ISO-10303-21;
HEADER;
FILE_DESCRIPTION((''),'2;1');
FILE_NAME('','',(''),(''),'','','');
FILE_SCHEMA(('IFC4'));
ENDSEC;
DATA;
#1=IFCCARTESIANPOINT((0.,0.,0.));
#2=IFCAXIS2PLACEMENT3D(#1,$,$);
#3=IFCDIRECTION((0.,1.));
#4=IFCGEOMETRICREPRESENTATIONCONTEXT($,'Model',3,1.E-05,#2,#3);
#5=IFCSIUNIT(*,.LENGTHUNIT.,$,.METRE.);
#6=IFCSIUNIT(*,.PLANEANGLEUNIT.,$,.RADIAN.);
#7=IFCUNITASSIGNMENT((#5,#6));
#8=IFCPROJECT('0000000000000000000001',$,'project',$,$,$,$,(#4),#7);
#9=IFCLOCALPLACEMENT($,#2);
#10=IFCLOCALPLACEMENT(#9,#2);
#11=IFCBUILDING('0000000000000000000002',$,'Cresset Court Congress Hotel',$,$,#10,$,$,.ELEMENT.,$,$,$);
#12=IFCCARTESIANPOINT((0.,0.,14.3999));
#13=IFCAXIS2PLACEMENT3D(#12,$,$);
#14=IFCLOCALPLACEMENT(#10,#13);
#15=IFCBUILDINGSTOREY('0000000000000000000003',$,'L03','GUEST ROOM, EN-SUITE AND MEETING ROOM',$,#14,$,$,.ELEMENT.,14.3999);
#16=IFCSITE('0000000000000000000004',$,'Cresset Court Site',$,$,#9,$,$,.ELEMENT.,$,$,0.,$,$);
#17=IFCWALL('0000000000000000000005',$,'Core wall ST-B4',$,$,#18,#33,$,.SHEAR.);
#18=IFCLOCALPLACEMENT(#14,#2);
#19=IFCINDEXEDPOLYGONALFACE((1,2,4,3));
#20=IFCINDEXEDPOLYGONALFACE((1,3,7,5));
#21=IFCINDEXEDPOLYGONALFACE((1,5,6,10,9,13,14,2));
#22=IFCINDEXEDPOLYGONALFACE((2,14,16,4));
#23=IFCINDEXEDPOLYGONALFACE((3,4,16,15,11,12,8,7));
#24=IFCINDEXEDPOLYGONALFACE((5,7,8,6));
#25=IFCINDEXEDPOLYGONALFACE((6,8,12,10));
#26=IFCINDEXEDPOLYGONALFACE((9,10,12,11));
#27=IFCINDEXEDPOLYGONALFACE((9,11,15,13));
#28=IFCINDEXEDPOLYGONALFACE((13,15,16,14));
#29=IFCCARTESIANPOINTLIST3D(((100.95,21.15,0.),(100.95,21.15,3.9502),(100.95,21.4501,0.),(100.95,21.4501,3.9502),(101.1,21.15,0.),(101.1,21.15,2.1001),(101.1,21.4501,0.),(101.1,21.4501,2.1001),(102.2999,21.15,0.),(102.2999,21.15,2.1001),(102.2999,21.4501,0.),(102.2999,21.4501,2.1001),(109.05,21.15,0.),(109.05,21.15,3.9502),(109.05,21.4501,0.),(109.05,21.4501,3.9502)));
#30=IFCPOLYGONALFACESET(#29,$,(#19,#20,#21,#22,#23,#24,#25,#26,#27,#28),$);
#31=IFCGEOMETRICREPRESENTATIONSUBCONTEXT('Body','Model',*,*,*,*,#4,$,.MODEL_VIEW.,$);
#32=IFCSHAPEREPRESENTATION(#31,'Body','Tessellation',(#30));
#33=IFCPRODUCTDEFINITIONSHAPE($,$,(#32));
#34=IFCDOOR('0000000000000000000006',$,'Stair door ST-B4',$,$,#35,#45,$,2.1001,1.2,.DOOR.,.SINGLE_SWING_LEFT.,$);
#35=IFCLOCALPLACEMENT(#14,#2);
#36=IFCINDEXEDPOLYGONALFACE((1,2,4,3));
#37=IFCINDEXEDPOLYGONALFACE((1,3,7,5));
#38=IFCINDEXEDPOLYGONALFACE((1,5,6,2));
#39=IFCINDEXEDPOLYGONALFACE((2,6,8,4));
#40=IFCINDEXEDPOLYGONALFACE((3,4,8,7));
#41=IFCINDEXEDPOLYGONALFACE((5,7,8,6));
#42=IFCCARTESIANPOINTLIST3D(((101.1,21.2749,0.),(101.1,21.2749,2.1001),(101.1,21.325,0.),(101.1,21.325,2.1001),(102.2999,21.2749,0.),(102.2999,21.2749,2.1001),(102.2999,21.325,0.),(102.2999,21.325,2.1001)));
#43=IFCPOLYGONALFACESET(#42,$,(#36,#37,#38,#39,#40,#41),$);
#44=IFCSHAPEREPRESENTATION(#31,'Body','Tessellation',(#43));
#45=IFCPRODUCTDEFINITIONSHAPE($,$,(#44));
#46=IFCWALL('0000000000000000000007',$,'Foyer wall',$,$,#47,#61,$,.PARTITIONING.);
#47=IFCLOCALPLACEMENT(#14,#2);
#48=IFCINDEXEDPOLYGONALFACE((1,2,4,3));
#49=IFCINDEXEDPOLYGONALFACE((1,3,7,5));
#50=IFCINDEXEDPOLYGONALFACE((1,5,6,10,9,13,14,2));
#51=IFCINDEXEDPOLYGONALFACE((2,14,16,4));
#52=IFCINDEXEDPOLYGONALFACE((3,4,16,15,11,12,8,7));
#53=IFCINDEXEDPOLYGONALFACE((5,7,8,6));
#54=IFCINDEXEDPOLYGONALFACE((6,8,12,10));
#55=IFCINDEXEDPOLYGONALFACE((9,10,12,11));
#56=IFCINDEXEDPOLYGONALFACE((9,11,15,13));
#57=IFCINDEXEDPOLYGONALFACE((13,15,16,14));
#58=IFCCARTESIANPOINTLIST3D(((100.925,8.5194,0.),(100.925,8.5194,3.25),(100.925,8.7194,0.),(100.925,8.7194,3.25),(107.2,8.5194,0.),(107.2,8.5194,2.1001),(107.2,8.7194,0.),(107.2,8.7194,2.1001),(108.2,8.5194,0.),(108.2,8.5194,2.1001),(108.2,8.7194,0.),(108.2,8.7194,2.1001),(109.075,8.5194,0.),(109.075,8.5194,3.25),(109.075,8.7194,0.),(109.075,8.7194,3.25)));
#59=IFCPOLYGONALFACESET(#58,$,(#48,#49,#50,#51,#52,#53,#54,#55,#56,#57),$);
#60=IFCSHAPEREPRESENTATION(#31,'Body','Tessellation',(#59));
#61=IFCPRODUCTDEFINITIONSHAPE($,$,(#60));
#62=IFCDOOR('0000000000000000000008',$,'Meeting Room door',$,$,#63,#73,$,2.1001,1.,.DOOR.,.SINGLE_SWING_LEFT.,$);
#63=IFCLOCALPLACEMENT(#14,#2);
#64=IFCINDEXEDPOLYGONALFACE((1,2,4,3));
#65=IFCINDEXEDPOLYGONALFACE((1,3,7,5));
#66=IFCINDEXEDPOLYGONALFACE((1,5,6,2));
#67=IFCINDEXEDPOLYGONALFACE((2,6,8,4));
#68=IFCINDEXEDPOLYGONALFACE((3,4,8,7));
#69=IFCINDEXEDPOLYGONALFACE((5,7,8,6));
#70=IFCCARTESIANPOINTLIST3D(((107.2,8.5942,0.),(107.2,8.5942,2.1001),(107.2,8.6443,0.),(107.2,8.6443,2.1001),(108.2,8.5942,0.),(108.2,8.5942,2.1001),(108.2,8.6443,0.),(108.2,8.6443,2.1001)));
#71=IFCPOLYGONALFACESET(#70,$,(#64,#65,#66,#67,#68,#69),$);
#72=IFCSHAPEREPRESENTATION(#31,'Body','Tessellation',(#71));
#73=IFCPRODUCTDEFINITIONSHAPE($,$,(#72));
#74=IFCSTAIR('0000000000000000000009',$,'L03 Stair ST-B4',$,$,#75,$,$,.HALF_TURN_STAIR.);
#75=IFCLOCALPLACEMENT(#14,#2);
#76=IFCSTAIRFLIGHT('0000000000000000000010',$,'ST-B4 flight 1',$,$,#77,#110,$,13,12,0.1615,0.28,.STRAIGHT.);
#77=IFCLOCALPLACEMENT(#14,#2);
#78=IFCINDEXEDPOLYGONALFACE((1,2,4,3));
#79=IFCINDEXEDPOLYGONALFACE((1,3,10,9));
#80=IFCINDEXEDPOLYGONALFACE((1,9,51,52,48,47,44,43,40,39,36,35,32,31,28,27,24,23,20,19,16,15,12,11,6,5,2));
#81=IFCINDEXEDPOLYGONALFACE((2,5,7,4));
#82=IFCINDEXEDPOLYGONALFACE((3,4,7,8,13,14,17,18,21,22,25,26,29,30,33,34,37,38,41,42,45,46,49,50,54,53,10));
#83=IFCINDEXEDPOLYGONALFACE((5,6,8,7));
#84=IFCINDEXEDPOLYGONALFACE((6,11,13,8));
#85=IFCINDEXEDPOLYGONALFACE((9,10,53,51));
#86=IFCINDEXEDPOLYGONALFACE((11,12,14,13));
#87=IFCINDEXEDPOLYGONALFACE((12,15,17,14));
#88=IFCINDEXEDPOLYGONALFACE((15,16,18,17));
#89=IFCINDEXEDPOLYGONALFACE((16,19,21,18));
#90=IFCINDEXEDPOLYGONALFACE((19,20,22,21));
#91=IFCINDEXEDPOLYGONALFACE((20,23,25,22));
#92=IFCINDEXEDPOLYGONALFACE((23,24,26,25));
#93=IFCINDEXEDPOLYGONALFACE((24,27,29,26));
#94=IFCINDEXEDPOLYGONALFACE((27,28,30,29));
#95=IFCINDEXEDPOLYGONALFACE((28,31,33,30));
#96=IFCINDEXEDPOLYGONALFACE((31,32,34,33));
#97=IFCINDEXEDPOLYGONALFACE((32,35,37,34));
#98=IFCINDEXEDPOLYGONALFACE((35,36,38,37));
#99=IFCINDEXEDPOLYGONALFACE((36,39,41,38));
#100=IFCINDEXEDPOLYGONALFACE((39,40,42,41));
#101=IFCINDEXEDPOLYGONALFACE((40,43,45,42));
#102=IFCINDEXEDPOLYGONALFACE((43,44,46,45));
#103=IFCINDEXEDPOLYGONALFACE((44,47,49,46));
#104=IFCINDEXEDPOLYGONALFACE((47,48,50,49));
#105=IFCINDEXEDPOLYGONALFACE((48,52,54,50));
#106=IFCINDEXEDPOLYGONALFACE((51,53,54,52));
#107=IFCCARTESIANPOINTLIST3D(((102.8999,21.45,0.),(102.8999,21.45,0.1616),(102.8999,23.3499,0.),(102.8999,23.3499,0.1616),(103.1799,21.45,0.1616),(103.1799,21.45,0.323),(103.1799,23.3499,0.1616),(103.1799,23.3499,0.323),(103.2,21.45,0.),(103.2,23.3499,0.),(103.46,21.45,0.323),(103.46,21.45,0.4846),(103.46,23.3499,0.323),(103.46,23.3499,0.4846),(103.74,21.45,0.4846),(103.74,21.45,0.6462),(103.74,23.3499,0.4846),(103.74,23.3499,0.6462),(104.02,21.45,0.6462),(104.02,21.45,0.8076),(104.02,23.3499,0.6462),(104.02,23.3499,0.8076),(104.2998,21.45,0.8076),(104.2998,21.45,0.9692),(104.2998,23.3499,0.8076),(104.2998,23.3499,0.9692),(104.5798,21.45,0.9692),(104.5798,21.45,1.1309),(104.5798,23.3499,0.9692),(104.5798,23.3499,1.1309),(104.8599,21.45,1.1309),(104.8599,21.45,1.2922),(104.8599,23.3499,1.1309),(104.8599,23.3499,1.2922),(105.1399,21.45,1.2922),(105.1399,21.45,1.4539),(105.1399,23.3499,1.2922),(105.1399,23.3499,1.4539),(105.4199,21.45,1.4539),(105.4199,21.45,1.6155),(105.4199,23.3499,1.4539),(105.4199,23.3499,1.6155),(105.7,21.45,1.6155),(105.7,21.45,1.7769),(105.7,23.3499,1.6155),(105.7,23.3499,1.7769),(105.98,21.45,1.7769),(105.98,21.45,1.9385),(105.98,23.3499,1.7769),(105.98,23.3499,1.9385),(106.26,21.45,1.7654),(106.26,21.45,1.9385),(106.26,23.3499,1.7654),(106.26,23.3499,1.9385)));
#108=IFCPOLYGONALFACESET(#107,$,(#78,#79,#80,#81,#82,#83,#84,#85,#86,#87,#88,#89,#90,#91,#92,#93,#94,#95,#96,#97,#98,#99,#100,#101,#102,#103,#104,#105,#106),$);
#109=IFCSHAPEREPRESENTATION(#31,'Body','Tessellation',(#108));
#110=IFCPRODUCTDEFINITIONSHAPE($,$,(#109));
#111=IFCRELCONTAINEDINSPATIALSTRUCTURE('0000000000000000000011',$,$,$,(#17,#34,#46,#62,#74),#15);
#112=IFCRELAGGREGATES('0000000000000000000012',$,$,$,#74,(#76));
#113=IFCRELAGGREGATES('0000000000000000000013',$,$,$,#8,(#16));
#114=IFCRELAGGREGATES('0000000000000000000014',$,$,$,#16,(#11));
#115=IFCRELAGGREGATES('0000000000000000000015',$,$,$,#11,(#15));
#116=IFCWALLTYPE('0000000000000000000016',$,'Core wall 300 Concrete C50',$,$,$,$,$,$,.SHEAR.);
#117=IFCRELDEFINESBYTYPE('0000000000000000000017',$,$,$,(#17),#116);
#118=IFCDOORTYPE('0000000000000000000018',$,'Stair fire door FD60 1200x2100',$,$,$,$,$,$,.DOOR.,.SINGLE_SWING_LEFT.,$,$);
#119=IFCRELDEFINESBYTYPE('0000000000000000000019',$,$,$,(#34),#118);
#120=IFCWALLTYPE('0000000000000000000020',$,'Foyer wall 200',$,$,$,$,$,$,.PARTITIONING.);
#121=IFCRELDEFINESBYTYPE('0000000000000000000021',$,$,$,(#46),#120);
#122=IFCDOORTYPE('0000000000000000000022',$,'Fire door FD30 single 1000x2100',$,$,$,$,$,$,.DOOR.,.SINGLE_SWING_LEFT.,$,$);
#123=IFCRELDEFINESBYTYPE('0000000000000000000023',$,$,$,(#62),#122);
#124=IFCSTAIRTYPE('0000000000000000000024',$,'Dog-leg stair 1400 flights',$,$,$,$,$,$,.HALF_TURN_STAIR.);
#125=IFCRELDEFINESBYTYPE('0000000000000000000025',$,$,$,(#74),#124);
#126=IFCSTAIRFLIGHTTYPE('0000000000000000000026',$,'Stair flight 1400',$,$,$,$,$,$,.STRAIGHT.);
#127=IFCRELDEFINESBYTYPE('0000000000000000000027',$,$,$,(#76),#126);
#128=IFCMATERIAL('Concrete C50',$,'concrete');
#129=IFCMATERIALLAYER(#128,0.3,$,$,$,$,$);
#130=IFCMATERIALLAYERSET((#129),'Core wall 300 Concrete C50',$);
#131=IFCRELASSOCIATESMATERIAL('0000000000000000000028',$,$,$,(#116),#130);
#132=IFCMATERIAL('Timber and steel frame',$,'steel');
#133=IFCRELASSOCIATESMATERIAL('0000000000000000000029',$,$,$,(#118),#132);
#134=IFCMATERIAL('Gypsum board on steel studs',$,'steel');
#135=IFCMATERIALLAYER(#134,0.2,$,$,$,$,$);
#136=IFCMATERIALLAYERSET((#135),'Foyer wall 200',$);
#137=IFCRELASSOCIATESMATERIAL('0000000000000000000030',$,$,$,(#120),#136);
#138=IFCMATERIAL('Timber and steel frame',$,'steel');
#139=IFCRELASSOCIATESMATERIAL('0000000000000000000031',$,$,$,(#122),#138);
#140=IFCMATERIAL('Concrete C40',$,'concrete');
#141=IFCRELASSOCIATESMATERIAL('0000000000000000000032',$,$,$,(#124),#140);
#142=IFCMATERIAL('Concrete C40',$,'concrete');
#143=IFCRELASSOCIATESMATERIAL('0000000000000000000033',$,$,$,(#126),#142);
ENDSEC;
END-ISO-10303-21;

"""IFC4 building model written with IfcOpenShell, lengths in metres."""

from ifc_helpers import new_model, si_unit, direction, frame, frame_2d, origin, place, context, subcontext, project, spatial, polyline, rectangle, outline, extrude, material, layer, layer_set, type_object, element, fill, aggregate, save


model = new_model("IFC4")

# Units and contexts
model_context = context("Model", 3, precision=1e-05, world=origin(), true_north=direction((0.0, 1.0)))
body_context = subcontext(model_context, "Body", "Model", "MODEL_VIEW")
ifc_project = project(units=[si_unit("LENGTHUNIT", "METRE"), si_unit("PLANEANGLEUNIT", "RADIAN")], contexts=[model_context])

# Site, building, storey
site_placement = place(None, origin())
site = spatial("IfcSite", under=ifc_project, at=site_placement, Name="Cresset Court Site", CompositionType="ELEMENT", RefElevation=0.0)
building_placement = place(site_placement, origin())
building = spatial("IfcBuilding", under=site, at=building_placement, Name="Cresset Court Congress Hotel", CompositionType="ELEMENT")
storey_placement = place(building_placement, frame((0.0, 0.0, 14.3999)))
storey = spatial("IfcBuildingStorey", under=building, at=storey_placement, Name="L03", Description="GUEST ROOM, EN-SUITE AND MEETING ROOM", CompositionType="ELEMENT", Elevation=14.3999)

# Shared definitions
ifc_material_1 = material(Name="Concrete C50", Category="concrete")
ifc_layer_1 = layer(ifc_material_1, 0.3)
ifc_layer_set_1 = layer_set([ifc_layer_1], Name="Core wall 300 Concrete C50")
wall_type_1 = type_object("IfcWallType", Name="Core wall 300 Concrete C50", PredefinedType="SHEAR", material=ifc_layer_set_1)

# Walls, openings, doors
wall_1_placement = place(storey_placement, frame((100.95, 21.3, 0.0), z_axis=(0.0, 0.0, 1.0), x_axis=(1.0, 0.0, 0.0)))
wall_1 = element("IfcWall", 1, at=wall_1_placement, inside=storey, type_object=wall_type_1, Name="Core wall ST-B4", PredefinedType="SHEAR", context=body_context, shape_type="SweptSolid", body=[
    extrude(rectangle(XDim=8.1001, YDim=0.3, at=frame_2d((4.05, 0.0))), origin(), (0.0, 0.0, 1.0), 3.9502),
])
opening_1_placement = place(wall_1_placement, frame((0.1499, 0.0, 0.0)))
opening_1 = element("IfcOpeningElement", 2, at=opening_1_placement, cuts=wall_1, PredefinedType="OPENING", context=body_context, shape_type="SweptSolid", body=[
    extrude(rectangle(XDim=1.2, YDim=2.1001, at=frame_2d((0.6001, 1.05))), frame((0.0, 0.1599, 0.0), z_axis=(0.0, -1.0, 0.0), x_axis=(1.0, 0.0, 0.0)), (0.0, 0.0, 1.0), 0.3201),
])
ifc_material_2 = material(Name="Timber and steel frame", Category="steel")
door_type_1 = type_object("IfcDoorType", Name="Stair fire door FD60 1200x2100", OperationType="SINGLE_SWING_LEFT", PredefinedType="DOOR", material=ifc_material_2)
door_1_placement = place(opening_1_placement, origin())
door_1 = element("IfcDoor", 3, at=door_1_placement, inside=storey, type_object=door_type_1, Name="Stair door ST-B4", OperationType="SINGLE_SWING_LEFT", OverallHeight=2.1001, OverallWidth=1.2, PredefinedType="DOOR", context=body_context, shape_type="SweptSolid", body=[
    extrude(rectangle(XDim=1.2, YDim=2.1001, at=frame_2d((0.6001, 1.05))), frame((0.0, 0.0249, 0.0), z_axis=(0.0, -1.0, 0.0), x_axis=(1.0, 0.0, 0.0)), (0.0, 0.0, 1.0), 0.05),
])
fill(opening_1, door_1)
ifc_material_3 = material(Name="Gypsum board on steel studs", Category="steel")
ifc_layer_2 = layer(ifc_material_3, 0.2)
ifc_layer_set_2 = layer_set([ifc_layer_2], Name="Foyer wall 200")
wall_type_2 = type_object("IfcWallType", Name="Foyer wall 200", PredefinedType="PARTITIONING", material=ifc_layer_set_2)
wall_2_placement = place(storey_placement, frame((100.925, 8.6194, 0.0), z_axis=(0.0, 0.0, 1.0), x_axis=(1.0, 0.0, 0.0)))
wall_2 = element("IfcWall", 4, at=wall_2_placement, inside=storey, type_object=wall_type_2, Name="Foyer wall", PredefinedType="PARTITIONING", context=body_context, shape_type="SweptSolid", body=[
    extrude(rectangle(XDim=8.1499, YDim=0.2, at=frame_2d((4.075, 0.0))), origin(), (0.0, 0.0, 1.0), 3.25),
])
opening_2_placement = place(wall_2_placement, frame((6.2749, 0.0, 0.0)))
opening_2 = element("IfcOpeningElement", 5, at=opening_2_placement, cuts=wall_2, PredefinedType="OPENING", context=body_context, shape_type="SweptSolid", body=[
    extrude(rectangle(XDim=1.0, YDim=2.1001, at=frame_2d((0.5, 1.05))), frame((0.0, 0.1099, 0.0), z_axis=(0.0, -1.0, 0.0), x_axis=(1.0, 0.0, 0.0)), (0.0, 0.0, 1.0), 0.22),
])
ifc_material_4 = material(Name="Timber and steel frame", Category="steel")
door_type_2 = type_object("IfcDoorType", Name="Fire door FD30 single 1000x2100", OperationType="SINGLE_SWING_LEFT", PredefinedType="DOOR", material=ifc_material_4)
door_2_placement = place(opening_2_placement, origin())
door_2 = element("IfcDoor", 6, at=door_2_placement, inside=storey, type_object=door_type_2, Name="Meeting Room door", OperationType="SINGLE_SWING_LEFT", OverallHeight=2.1001, OverallWidth=1.0, PredefinedType="DOOR", context=body_context, shape_type="SweptSolid", body=[
    extrude(rectangle(XDim=1.0, YDim=2.1001, at=frame_2d((0.5, 1.05))), frame((0.0, 0.0249, 0.0), z_axis=(0.0, -1.0, 0.0), x_axis=(1.0, 0.0, 0.0)), (0.0, 0.0, 1.0), 0.05),
])
fill(opening_2, door_2)

# Stair, stair flight
ifc_material_5 = material(Name="Concrete C40", Category="concrete")
stair_type = type_object("IfcStairType", Name="Dog-leg stair 1400 flights", PredefinedType="HALF_TURN_STAIR", material=ifc_material_5)
stair_placement = place(storey_placement, origin())
stair = element("IfcStair", 7, at=stair_placement, inside=storey, type_object=stair_type, Name="L03 Stair ST-B4", PredefinedType="HALF_TURN_STAIR")
ifc_material_6 = material(Name="Concrete C40", Category="concrete")
stair_flight_type = type_object("IfcStairFlightType", Name="Stair flight 1400", PredefinedType="STRAIGHT", material=ifc_material_6)
stair_flight_placement = place(storey_placement, frame((102.8999, 22.3999, 0.0), z_axis=(0.0, 0.0, 1.0), x_axis=(1.0, 0.0, 0.0)))
stair_flight = element("IfcStairFlight", 8, at=stair_flight_placement, type_object=stair_flight_type, Name="ST-B4 flight 1", NumberOfRisers=13, NumberOfTreads=12, PredefinedType="STRAIGHT", RiserHeight=0.1615, TreadLength=0.28, context=body_context, shape_type="SweptSolid", body=[
    extrude(outline(polyline([(0.0, 0.0), (0.0, 0.1616), (0.28, 0.1616), (0.28, 0.323), (0.5601, 0.323), (0.5601, 0.4846), (0.8401, 0.4846), (0.8401, 0.6462), (1.1201, 0.6462), (1.1201, 0.8076), (1.3999, 0.8076), (1.3999, 0.9692), (1.6799, 0.9692), (1.6799, 1.1309), (1.96, 1.1309), (1.96, 1.2922), (2.24, 1.2922), (2.24, 1.4539), (2.52, 1.4539), (2.52, 1.6155), (2.8, 1.6155), (2.8, 1.7769), (3.0801, 1.7769), (3.0801, 1.9385), (3.3601, 1.9385), (3.3601, 2.1001), (3.3601, 1.7654), (0.3, 0.0), (0.0, 0.0)])), frame((0.0, 0.95, 0.0), z_axis=(0.0, -1.0, 0.0), x_axis=(1.0, 0.0, 0.0)), (0.0, 0.0, 1.0), 1.8999),
])
aggregate(stair, [stair_flight])

save(model, "model.ifc")
